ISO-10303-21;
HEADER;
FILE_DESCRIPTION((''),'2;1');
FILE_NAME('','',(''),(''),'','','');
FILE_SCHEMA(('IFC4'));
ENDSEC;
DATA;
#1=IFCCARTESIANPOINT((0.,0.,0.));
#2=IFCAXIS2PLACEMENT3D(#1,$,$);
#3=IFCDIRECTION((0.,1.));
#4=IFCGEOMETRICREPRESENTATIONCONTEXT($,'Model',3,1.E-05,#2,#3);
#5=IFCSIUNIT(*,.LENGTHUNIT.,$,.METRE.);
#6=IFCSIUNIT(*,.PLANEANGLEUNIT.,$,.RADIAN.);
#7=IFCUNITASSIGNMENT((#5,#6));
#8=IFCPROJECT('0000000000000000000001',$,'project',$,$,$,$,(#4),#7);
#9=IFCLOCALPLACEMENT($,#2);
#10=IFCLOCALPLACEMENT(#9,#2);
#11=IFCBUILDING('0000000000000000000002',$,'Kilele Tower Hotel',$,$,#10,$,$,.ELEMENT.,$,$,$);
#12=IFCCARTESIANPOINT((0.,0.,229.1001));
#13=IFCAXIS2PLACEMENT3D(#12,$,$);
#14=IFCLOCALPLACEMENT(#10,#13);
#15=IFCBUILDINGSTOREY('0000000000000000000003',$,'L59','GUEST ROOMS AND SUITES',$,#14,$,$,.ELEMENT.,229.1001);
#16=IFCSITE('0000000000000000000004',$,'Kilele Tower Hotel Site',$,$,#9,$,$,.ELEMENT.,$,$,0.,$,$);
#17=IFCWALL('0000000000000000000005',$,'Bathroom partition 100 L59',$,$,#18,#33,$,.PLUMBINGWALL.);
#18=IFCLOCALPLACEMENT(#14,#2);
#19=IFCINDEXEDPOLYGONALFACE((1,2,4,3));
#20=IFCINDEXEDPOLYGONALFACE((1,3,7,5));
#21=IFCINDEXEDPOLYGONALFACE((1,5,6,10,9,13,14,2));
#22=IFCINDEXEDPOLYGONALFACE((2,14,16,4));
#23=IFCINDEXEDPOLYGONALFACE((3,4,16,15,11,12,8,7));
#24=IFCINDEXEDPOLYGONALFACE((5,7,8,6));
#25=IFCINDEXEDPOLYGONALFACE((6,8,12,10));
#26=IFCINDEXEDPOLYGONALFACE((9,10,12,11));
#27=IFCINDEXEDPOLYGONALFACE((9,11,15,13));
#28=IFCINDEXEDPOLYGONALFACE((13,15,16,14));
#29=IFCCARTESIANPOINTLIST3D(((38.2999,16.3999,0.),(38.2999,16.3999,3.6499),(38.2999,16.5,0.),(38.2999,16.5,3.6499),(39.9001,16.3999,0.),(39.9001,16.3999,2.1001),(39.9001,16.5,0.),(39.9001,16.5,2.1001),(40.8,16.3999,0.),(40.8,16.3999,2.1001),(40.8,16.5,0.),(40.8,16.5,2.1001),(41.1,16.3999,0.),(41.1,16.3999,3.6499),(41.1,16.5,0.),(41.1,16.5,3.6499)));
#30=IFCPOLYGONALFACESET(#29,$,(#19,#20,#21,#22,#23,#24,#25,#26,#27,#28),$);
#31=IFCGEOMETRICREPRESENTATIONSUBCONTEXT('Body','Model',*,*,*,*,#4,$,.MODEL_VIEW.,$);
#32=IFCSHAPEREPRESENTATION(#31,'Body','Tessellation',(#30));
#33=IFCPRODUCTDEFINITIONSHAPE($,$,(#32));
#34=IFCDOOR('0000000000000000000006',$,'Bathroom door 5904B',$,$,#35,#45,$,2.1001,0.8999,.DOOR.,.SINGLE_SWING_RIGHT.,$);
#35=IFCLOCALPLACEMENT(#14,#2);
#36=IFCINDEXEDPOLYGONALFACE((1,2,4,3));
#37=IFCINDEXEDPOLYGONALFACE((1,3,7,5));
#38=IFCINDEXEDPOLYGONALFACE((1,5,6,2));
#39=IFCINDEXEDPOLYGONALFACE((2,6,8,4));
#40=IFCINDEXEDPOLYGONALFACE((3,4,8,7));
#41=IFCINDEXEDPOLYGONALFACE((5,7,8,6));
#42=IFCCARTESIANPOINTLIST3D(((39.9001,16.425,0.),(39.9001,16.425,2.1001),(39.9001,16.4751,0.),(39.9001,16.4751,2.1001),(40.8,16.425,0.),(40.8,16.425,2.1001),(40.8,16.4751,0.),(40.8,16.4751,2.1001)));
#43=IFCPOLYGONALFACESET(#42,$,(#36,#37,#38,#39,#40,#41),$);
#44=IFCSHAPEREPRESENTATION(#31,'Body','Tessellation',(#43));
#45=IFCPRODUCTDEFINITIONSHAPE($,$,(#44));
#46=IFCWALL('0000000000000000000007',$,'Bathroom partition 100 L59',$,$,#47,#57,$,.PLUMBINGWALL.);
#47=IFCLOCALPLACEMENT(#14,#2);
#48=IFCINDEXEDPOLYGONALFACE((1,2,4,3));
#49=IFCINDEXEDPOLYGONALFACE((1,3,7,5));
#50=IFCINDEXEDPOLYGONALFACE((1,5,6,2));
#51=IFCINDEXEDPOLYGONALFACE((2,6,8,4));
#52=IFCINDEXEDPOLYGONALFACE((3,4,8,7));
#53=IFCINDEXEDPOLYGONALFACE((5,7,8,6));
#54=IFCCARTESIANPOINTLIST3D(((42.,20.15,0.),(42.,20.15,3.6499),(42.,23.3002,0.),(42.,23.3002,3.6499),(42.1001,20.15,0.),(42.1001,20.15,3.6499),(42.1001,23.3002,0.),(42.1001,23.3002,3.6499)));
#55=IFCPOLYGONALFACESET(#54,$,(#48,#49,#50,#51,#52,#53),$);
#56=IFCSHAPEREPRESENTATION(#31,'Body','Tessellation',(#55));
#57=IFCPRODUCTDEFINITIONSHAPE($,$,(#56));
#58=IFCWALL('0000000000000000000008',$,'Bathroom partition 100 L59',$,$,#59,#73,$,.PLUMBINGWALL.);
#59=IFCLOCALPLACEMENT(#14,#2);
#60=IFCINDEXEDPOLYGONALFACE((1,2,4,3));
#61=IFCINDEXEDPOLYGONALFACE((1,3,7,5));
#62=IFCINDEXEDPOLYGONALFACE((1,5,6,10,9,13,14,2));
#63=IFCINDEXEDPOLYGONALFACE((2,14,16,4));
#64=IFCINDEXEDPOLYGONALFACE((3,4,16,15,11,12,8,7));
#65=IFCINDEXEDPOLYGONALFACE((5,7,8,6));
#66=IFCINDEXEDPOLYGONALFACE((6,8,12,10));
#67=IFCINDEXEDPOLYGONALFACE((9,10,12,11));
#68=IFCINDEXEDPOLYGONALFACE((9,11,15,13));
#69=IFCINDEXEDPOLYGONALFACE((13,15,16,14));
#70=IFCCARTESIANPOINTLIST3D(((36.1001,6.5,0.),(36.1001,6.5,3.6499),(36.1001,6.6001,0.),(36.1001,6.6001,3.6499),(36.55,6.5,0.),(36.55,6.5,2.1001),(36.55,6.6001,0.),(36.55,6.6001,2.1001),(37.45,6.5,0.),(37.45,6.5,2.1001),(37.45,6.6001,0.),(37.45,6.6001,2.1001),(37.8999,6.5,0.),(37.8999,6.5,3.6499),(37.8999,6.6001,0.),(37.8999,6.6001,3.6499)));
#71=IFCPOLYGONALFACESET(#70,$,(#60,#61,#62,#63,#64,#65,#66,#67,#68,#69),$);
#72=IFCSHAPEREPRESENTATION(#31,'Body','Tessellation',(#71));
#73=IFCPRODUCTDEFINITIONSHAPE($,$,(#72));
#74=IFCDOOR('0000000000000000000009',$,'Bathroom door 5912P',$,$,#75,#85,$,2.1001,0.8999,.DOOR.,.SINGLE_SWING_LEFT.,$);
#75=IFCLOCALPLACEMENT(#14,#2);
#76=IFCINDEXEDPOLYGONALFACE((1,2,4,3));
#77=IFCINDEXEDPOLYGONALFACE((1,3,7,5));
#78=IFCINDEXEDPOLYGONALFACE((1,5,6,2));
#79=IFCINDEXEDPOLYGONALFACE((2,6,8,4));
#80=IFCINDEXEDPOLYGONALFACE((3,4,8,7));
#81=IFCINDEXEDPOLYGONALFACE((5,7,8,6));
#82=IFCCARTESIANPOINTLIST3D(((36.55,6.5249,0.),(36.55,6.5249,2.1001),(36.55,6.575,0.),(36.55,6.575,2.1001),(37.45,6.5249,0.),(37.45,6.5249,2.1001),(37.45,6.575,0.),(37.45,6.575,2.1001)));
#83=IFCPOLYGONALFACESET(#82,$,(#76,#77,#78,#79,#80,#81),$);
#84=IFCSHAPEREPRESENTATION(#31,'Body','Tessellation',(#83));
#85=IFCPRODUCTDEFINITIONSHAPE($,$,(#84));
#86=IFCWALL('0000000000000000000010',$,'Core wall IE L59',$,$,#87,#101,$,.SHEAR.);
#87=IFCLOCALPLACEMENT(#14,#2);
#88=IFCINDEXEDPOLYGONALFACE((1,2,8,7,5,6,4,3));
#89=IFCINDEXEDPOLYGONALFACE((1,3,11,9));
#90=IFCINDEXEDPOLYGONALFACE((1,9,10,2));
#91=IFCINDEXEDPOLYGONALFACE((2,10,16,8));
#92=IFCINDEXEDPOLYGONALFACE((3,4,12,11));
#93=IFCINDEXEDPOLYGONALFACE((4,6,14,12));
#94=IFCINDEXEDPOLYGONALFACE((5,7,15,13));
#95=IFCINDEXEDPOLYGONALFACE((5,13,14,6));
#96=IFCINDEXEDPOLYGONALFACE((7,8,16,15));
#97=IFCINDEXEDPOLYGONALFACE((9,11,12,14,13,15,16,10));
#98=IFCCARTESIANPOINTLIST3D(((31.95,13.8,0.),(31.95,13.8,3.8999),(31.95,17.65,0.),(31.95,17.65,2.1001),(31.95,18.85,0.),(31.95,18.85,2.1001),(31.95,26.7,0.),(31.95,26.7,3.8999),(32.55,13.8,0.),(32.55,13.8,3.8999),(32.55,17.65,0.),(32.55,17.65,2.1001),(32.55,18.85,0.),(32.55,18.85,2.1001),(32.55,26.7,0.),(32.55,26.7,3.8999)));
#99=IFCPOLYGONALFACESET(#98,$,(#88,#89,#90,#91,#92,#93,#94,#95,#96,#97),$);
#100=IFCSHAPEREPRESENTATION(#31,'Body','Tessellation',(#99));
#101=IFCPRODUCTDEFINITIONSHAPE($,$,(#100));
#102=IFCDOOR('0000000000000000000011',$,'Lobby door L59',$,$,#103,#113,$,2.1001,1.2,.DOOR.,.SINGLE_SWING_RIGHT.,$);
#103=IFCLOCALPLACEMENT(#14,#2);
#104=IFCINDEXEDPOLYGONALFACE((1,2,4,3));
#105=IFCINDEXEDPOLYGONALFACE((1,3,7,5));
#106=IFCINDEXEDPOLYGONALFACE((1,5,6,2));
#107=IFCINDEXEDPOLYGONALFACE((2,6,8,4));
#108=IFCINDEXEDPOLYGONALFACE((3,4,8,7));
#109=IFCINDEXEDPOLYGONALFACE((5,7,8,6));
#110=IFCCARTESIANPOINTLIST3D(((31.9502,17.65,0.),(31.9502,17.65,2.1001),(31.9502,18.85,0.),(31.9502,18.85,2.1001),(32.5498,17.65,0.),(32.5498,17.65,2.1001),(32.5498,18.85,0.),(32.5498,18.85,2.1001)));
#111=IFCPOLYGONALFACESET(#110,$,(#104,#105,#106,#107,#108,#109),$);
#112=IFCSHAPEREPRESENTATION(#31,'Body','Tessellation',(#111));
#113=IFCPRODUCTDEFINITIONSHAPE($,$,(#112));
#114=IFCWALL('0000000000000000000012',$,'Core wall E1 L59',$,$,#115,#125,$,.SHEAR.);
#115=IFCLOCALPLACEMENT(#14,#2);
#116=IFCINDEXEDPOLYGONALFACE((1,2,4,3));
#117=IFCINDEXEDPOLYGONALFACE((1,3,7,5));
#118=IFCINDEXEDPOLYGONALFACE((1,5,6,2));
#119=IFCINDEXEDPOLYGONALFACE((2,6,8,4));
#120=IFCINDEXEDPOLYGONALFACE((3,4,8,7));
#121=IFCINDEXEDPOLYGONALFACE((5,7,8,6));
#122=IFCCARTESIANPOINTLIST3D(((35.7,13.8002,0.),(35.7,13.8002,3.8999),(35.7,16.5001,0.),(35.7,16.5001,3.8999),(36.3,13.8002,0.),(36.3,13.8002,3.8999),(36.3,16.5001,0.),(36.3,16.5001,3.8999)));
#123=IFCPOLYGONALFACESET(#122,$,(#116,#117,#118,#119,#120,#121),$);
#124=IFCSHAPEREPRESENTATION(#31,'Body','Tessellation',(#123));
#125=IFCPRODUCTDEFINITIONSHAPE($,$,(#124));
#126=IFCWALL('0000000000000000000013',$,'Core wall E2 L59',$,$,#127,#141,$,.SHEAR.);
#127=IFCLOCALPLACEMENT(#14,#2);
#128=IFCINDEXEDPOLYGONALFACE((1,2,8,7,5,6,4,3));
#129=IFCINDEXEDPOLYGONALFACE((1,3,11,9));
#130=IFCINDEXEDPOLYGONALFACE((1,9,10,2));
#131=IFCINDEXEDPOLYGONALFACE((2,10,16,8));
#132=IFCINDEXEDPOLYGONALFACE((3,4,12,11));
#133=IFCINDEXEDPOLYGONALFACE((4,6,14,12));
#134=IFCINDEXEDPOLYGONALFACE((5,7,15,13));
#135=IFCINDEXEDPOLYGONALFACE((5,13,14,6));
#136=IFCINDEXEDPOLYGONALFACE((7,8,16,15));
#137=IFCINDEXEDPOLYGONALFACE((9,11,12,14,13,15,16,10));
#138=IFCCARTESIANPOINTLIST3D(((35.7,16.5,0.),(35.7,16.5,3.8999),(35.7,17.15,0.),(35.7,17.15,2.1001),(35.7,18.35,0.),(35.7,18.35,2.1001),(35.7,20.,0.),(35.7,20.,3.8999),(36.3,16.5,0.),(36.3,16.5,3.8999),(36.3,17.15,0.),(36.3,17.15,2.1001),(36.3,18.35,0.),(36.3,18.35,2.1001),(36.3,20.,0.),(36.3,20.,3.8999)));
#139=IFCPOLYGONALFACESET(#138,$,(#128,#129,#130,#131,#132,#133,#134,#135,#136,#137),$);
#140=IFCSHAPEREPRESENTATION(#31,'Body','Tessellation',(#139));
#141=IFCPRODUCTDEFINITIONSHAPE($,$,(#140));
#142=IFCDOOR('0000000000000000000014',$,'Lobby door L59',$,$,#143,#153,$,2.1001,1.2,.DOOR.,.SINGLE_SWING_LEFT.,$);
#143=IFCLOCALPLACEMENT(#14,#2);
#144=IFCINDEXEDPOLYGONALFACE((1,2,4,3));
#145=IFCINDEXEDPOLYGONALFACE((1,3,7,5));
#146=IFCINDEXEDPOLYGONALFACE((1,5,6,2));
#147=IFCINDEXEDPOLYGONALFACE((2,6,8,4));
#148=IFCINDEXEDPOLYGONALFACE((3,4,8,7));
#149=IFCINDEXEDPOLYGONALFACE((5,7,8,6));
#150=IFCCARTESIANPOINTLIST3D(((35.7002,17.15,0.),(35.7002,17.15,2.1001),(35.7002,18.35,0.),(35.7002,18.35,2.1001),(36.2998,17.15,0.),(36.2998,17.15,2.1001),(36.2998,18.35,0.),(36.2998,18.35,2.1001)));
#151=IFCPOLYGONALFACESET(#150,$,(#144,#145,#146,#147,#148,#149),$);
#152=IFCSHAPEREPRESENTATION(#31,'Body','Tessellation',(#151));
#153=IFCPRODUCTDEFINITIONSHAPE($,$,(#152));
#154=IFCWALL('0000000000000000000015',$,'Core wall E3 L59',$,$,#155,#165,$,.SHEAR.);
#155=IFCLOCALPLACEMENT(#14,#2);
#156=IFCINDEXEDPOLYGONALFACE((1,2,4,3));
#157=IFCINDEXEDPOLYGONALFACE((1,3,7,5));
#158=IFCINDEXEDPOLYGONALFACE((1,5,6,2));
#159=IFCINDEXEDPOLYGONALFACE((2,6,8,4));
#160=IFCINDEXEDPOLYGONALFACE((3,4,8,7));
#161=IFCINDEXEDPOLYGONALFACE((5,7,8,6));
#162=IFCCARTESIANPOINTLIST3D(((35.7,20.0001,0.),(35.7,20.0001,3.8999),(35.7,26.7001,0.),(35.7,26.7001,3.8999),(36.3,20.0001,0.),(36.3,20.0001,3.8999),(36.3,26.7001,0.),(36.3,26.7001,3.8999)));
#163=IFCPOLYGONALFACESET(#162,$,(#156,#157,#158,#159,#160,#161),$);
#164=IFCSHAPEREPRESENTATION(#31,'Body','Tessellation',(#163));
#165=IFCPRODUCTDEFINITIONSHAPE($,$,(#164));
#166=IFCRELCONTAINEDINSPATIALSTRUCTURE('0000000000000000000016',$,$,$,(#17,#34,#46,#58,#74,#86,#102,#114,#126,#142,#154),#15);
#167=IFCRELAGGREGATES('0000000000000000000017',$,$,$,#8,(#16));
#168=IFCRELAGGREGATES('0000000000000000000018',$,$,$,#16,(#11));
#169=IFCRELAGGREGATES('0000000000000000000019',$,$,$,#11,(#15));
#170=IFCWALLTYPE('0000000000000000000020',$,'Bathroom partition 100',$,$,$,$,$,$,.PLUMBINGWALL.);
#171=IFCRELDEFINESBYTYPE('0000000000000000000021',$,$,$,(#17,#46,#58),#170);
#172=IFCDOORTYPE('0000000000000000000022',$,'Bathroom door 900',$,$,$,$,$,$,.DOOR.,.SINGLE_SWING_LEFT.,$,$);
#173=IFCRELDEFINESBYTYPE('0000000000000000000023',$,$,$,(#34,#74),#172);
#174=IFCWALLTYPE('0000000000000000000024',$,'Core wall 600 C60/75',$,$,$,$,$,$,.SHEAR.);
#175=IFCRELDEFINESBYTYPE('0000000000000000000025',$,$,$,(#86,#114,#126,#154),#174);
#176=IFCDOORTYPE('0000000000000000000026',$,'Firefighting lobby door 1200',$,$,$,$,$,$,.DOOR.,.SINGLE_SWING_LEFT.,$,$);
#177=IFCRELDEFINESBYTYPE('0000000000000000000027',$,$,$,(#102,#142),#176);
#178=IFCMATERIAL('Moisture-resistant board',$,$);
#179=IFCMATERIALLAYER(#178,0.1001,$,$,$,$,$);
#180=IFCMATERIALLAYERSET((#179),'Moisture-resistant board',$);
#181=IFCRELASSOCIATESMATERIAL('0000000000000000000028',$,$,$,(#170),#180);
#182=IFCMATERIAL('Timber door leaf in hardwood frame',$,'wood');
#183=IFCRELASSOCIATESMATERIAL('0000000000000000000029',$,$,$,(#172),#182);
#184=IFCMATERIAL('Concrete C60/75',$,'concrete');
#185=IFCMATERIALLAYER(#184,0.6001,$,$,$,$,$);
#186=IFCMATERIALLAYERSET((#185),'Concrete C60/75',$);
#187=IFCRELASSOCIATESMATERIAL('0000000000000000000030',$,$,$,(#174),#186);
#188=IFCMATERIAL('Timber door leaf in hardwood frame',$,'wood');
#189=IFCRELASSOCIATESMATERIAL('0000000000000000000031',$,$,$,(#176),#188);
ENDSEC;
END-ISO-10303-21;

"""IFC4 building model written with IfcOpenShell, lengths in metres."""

from ifc_helpers import new_model, si_unit, direction, frame, frame_2d, origin, place, context, subcontext, project, spatial, rectangle, extrude, material, layer, layer_set, type_object, element, fill, save


model = new_model("IFC4")

# Units and contexts
model_context = context("Model", 3, precision=1e-05, world=origin(), true_north=direction((0.0, 1.0)))
body_context = subcontext(model_context, "Body", "Model", "MODEL_VIEW")
ifc_project = project(units=[si_unit("LENGTHUNIT", "METRE"), si_unit("PLANEANGLEUNIT", "RADIAN")], contexts=[model_context])

# Site, building, storey
site_placement = place(None, origin())
site = spatial("IfcSite", under=ifc_project, at=site_placement, Name="Kilele Tower Hotel Site", CompositionType="ELEMENT", RefElevation=0.0)
building_placement = place(site_placement, origin())
building = spatial("IfcBuilding", under=site, at=building_placement, Name="Kilele Tower Hotel", CompositionType="ELEMENT")
storey_placement = place(building_placement, frame((0.0, 0.0, 229.1001)))
storey = spatial("IfcBuildingStorey", under=building, at=storey_placement, Name="L59", Description="GUEST ROOMS AND SUITES", CompositionType="ELEMENT", Elevation=229.1001)

# Shared definitions
ifc_material_1 = material(Name="Moisture-resistant board")
ifc_layer_1 = layer(ifc_material_1, 0.1001)
ifc_layer_set_1 = layer_set([ifc_layer_1], Name="Moisture-resistant board")
wall_type_1 = type_object("IfcWallType", Name="Bathroom partition 100", PredefinedType="PLUMBINGWALL", material=ifc_layer_set_1)

# Shared definitions
ifc_material_2 = material(Name="Timber door leaf in hardwood frame", Category="wood")
door_type_1 = type_object("IfcDoorType", Name="Bathroom door 900", OperationType="SINGLE_SWING_LEFT", PredefinedType="DOOR", material=ifc_material_2)

# Wall, opening, door
wall_1_placement = place(storey_placement, frame((38.3, 16.45, 0.0), z_axis=(0.0, 0.0, 1.0), x_axis=(1.0, 0.0, 0.0)))
wall_1 = element("IfcWall", 1, at=wall_1_placement, inside=storey, type_object=wall_type_1, Name="Bathroom partition 100 L59", PredefinedType="PLUMBINGWALL", context=body_context, shape_type="SweptSolid", body=[
    extrude(rectangle(XDim=2.8, YDim=0.1001, at=frame_2d((1.3999, 0.0))), origin(), (0.0, 0.0, 1.0), 3.6499),
])
opening_1_placement = place(wall_1_placement, frame((2.5, 0.0, 0.0), z_axis=(0.0, 0.0, 1.0), x_axis=(-1.0, 0.0, 0.0)))
opening_1 = element("IfcOpeningElement", 2, at=opening_1_placement, cuts=wall_1, PredefinedType="OPENING", context=body_context, shape_type="SweptSolid", body=[
    extrude(rectangle(XDim=0.8999, YDim=2.1001, at=frame_2d((0.45, 1.05))), frame((0.0, 0.0601, 0.0), z_axis=(0.0, -1.0, 0.0), x_axis=(1.0, 0.0, 0.0)), (0.0, 0.0, 1.0), 0.1201),
])
door_1_placement = place(opening_1_placement, origin())
door_1 = element("IfcDoor", 3, at=door_1_placement, inside=storey, type_object=door_type_1, Name="Bathroom door 5904B", OperationType="SINGLE_SWING_RIGHT", OverallHeight=2.1001, OverallWidth=0.8999, PredefinedType="DOOR", context=body_context, shape_type="SweptSolid", body=[
    extrude(rectangle(XDim=0.8999, YDim=2.1001, at=frame_2d((0.45, 1.05))), frame((0.0, 0.0249, 0.0), z_axis=(0.0, -1.0, 0.0), x_axis=(1.0, 0.0, 0.0)), (0.0, 0.0, 1.0), 0.05),
])
fill(opening_1, door_1)

# Wall
wall_2_placement = place(storey_placement, frame((42.05, 20.1499, 0.0), z_axis=(0.0, 0.0, 1.0), x_axis=(0.0, 1.0, 0.0)))
element("IfcWall", 4, at=wall_2_placement, inside=storey, type_object=wall_type_1, Name="Bathroom partition 100 L59", PredefinedType="PLUMBINGWALL", context=body_context, shape_type="SweptSolid", body=[
    extrude(rectangle(XDim=3.1501, YDim=0.1001, at=frame_2d((1.5752, 0.0))), origin(), (0.0, 0.0, 1.0), 3.6499),
])

# Walls, openings, doors
wall_3_placement = place(storey_placement, frame((36.1001, 6.55, 0.0), z_axis=(0.0, 0.0, 1.0), x_axis=(1.0, 0.0, 0.0)))
wall_3 = element("IfcWall", 5, at=wall_3_placement, inside=storey, type_object=wall_type_1, Name="Bathroom partition 100 L59", PredefinedType="PLUMBINGWALL", context=body_context, shape_type="SweptSolid", body=[
    extrude(rectangle(XDim=1.7998, YDim=0.1001, at=frame_2d((0.8999, 0.0))), origin(), (0.0, 0.0, 1.0), 3.6499),
])
opening_2_placement = place(wall_3_placement, frame((0.45, 0.0, 0.0)))
opening_2 = element("IfcOpeningElement", 6, at=opening_2_placement, cuts=wall_3, PredefinedType="OPENING", context=body_context, shape_type="SweptSolid", body=[
    extrude(rectangle(XDim=0.8999, YDim=2.1001, at=frame_2d((0.45, 1.05))), frame((0.0, 0.0601, 0.0), z_axis=(0.0, -1.0, 0.0), x_axis=(1.0, 0.0, 0.0)), (0.0, 0.0, 1.0), 0.1201),
])
door_2_placement = place(opening_2_placement, origin())
door_2 = element("IfcDoor", 7, at=door_2_placement, inside=storey, type_object=door_type_1, Name="Bathroom door 5912P", OperationType="SINGLE_SWING_LEFT", OverallHeight=2.1001, OverallWidth=0.8999, PredefinedType="DOOR", context=body_context, shape_type="SweptSolid", body=[
    extrude(rectangle(XDim=0.8999, YDim=2.1001, at=frame_2d((0.45, 1.05))), frame((0.0, 0.0249, 0.0), z_axis=(0.0, -1.0, 0.0), x_axis=(1.0, 0.0, 0.0)), (0.0, 0.0, 1.0), 0.05),
])
fill(opening_2, door_2)
ifc_material_3 = material(Name="Concrete C60/75", Category="concrete")
ifc_layer_2 = layer(ifc_material_3, 0.6001)
ifc_layer_set_2 = layer_set([ifc_layer_2], Name="Concrete C60/75")
wall_type_2 = type_object("IfcWallType", Name="Core wall 600 C60/75", PredefinedType="SHEAR", material=ifc_layer_set_2)
wall_4_placement = place(storey_placement, frame((32.25, 13.8, 0.0), z_axis=(0.0, 0.0, 1.0), x_axis=(0.0, 1.0, 0.0)))
wall_4 = element("IfcWall", 8, at=wall_4_placement, inside=storey, type_object=wall_type_2, Name="Core wall IE L59", PredefinedType="SHEAR", context=body_context, shape_type="SweptSolid", body=[
    extrude(rectangle(XDim=12.8999, YDim=0.6001, at=frame_2d((6.45, 0.0))), origin(), (0.0, 0.0, 1.0), 3.8999),
])
opening_3_placement = place(wall_4_placement, frame((5.05, 0.0, 0.0), z_axis=(0.0, 0.0, 1.0), x_axis=(-1.0, 0.0, 0.0)))
opening_3 = element("IfcOpeningElement", 9, at=opening_3_placement, cuts=wall_4, PredefinedType="OPENING", context=body_context, shape_type="SweptSolid", body=[
    extrude(rectangle(XDim=1.2, YDim=2.1001, at=frame_2d((0.6001, 1.05))), frame((0.0, 0.3101, 0.0), z_axis=(0.0, -1.0, 0.0), x_axis=(1.0, 0.0, 0.0)), (0.0, 0.0, 1.0), 0.6201),
])
ifc_material_4 = material(Name="Timber door leaf in hardwood frame", Category="wood")
door_type_2 = type_object("IfcDoorType", Name="Firefighting lobby door 1200", OperationType="SINGLE_SWING_LEFT", PredefinedType="DOOR", material=ifc_material_4)
door_3_placement = place(opening_3_placement, origin())
door_3 = element("IfcDoor", 10, at=door_3_placement, inside=storey, type_object=door_type_2, Name="Lobby door L59", OperationType="SINGLE_SWING_RIGHT", OverallHeight=2.1001, OverallWidth=1.2, PredefinedType="DOOR", context=body_context, shape_type="SweptSolid", body=[
    extrude(rectangle(XDim=1.2, YDim=2.1001, at=frame_2d((0.6001, 1.05))), frame((0.0, 0.2998, 0.0), z_axis=(0.0, -1.0, 0.0), x_axis=(1.0, 0.0, 0.0)), (0.0, 0.0, 1.0), 0.5996),
])
fill(opening_3, door_3)

# Wall
wall_5_placement = place(storey_placement, frame((36.0, 13.8, 0.0), z_axis=(0.0, 0.0, 1.0), x_axis=(0.0, 1.0, 0.0)))
element("IfcWall", 11, at=wall_5_placement, inside=storey, type_object=wall_type_2, Name="Core wall E1 L59", PredefinedType="SHEAR", context=body_context, shape_type="SweptSolid", body=[
    extrude(rectangle(XDim=2.7, YDim=0.6001, at=frame_2d((1.3501, 0.0))), origin(), (0.0, 0.0, 1.0), 3.8999),
])

# Wall, opening, door
wall_6_placement = place(storey_placement, frame((36.0, 16.5, 0.0), z_axis=(0.0, 0.0, 1.0), x_axis=(0.0, 1.0, 0.0)))
wall_6 = element("IfcWall", 12, at=wall_6_placement, inside=storey, type_object=wall_type_2, Name="Core wall E2 L59", PredefinedType="SHEAR", context=body_context, shape_type="SweptSolid", body=[
    extrude(rectangle(XDim=3.5, YDim=0.6001, at=frame_2d((1.75, 0.0))), origin(), (0.0, 0.0, 1.0), 3.8999),
])
opening_4_placement = place(wall_6_placement, frame((0.6499, 0.0, 0.0)))
opening_4 = element("IfcOpeningElement", 13, at=opening_4_placement, cuts=wall_6, PredefinedType="OPENING", context=body_context, shape_type="SweptSolid", body=[
    extrude(rectangle(XDim=1.2, YDim=2.1001, at=frame_2d((0.6001, 1.05))), frame((0.0, 0.3101, 0.0), z_axis=(0.0, -1.0, 0.0), x_axis=(1.0, 0.0, 0.0)), (0.0, 0.0, 1.0), 0.6201),
])
door_4_placement = place(opening_4_placement, origin())
door_4 = element("IfcDoor", 14, at=door_4_placement, inside=storey, type_object=door_type_2, Name="Lobby door L59", OperationType="SINGLE_SWING_LEFT", OverallHeight=2.1001, OverallWidth=1.2, PredefinedType="DOOR", context=body_context, shape_type="SweptSolid", body=[
    extrude(rectangle(XDim=1.2, YDim=2.1001, at=frame_2d((0.6001, 1.05))), frame((0.0, 0.2998, 0.0), z_axis=(0.0, -1.0, 0.0), x_axis=(1.0, 0.0, 0.0)), (0.0, 0.0, 1.0), 0.5996),
])
fill(opening_4, door_4)

# Wall
wall_7_placement = place(storey_placement, frame((36.0, 20.0, 0.0), z_axis=(0.0, 0.0, 1.0), x_axis=(0.0, 1.0, 0.0)))
element("IfcWall", 15, at=wall_7_placement, inside=storey, type_object=wall_type_2, Name="Core wall E3 L59", PredefinedType="SHEAR", context=body_context, shape_type="SweptSolid", body=[
    extrude(rectangle(XDim=6.7, YDim=0.6001, at=frame_2d((3.3501, 0.0))), origin(), (0.0, 0.0, 1.0), 3.8999),
])

save(model, "model.ifc")
